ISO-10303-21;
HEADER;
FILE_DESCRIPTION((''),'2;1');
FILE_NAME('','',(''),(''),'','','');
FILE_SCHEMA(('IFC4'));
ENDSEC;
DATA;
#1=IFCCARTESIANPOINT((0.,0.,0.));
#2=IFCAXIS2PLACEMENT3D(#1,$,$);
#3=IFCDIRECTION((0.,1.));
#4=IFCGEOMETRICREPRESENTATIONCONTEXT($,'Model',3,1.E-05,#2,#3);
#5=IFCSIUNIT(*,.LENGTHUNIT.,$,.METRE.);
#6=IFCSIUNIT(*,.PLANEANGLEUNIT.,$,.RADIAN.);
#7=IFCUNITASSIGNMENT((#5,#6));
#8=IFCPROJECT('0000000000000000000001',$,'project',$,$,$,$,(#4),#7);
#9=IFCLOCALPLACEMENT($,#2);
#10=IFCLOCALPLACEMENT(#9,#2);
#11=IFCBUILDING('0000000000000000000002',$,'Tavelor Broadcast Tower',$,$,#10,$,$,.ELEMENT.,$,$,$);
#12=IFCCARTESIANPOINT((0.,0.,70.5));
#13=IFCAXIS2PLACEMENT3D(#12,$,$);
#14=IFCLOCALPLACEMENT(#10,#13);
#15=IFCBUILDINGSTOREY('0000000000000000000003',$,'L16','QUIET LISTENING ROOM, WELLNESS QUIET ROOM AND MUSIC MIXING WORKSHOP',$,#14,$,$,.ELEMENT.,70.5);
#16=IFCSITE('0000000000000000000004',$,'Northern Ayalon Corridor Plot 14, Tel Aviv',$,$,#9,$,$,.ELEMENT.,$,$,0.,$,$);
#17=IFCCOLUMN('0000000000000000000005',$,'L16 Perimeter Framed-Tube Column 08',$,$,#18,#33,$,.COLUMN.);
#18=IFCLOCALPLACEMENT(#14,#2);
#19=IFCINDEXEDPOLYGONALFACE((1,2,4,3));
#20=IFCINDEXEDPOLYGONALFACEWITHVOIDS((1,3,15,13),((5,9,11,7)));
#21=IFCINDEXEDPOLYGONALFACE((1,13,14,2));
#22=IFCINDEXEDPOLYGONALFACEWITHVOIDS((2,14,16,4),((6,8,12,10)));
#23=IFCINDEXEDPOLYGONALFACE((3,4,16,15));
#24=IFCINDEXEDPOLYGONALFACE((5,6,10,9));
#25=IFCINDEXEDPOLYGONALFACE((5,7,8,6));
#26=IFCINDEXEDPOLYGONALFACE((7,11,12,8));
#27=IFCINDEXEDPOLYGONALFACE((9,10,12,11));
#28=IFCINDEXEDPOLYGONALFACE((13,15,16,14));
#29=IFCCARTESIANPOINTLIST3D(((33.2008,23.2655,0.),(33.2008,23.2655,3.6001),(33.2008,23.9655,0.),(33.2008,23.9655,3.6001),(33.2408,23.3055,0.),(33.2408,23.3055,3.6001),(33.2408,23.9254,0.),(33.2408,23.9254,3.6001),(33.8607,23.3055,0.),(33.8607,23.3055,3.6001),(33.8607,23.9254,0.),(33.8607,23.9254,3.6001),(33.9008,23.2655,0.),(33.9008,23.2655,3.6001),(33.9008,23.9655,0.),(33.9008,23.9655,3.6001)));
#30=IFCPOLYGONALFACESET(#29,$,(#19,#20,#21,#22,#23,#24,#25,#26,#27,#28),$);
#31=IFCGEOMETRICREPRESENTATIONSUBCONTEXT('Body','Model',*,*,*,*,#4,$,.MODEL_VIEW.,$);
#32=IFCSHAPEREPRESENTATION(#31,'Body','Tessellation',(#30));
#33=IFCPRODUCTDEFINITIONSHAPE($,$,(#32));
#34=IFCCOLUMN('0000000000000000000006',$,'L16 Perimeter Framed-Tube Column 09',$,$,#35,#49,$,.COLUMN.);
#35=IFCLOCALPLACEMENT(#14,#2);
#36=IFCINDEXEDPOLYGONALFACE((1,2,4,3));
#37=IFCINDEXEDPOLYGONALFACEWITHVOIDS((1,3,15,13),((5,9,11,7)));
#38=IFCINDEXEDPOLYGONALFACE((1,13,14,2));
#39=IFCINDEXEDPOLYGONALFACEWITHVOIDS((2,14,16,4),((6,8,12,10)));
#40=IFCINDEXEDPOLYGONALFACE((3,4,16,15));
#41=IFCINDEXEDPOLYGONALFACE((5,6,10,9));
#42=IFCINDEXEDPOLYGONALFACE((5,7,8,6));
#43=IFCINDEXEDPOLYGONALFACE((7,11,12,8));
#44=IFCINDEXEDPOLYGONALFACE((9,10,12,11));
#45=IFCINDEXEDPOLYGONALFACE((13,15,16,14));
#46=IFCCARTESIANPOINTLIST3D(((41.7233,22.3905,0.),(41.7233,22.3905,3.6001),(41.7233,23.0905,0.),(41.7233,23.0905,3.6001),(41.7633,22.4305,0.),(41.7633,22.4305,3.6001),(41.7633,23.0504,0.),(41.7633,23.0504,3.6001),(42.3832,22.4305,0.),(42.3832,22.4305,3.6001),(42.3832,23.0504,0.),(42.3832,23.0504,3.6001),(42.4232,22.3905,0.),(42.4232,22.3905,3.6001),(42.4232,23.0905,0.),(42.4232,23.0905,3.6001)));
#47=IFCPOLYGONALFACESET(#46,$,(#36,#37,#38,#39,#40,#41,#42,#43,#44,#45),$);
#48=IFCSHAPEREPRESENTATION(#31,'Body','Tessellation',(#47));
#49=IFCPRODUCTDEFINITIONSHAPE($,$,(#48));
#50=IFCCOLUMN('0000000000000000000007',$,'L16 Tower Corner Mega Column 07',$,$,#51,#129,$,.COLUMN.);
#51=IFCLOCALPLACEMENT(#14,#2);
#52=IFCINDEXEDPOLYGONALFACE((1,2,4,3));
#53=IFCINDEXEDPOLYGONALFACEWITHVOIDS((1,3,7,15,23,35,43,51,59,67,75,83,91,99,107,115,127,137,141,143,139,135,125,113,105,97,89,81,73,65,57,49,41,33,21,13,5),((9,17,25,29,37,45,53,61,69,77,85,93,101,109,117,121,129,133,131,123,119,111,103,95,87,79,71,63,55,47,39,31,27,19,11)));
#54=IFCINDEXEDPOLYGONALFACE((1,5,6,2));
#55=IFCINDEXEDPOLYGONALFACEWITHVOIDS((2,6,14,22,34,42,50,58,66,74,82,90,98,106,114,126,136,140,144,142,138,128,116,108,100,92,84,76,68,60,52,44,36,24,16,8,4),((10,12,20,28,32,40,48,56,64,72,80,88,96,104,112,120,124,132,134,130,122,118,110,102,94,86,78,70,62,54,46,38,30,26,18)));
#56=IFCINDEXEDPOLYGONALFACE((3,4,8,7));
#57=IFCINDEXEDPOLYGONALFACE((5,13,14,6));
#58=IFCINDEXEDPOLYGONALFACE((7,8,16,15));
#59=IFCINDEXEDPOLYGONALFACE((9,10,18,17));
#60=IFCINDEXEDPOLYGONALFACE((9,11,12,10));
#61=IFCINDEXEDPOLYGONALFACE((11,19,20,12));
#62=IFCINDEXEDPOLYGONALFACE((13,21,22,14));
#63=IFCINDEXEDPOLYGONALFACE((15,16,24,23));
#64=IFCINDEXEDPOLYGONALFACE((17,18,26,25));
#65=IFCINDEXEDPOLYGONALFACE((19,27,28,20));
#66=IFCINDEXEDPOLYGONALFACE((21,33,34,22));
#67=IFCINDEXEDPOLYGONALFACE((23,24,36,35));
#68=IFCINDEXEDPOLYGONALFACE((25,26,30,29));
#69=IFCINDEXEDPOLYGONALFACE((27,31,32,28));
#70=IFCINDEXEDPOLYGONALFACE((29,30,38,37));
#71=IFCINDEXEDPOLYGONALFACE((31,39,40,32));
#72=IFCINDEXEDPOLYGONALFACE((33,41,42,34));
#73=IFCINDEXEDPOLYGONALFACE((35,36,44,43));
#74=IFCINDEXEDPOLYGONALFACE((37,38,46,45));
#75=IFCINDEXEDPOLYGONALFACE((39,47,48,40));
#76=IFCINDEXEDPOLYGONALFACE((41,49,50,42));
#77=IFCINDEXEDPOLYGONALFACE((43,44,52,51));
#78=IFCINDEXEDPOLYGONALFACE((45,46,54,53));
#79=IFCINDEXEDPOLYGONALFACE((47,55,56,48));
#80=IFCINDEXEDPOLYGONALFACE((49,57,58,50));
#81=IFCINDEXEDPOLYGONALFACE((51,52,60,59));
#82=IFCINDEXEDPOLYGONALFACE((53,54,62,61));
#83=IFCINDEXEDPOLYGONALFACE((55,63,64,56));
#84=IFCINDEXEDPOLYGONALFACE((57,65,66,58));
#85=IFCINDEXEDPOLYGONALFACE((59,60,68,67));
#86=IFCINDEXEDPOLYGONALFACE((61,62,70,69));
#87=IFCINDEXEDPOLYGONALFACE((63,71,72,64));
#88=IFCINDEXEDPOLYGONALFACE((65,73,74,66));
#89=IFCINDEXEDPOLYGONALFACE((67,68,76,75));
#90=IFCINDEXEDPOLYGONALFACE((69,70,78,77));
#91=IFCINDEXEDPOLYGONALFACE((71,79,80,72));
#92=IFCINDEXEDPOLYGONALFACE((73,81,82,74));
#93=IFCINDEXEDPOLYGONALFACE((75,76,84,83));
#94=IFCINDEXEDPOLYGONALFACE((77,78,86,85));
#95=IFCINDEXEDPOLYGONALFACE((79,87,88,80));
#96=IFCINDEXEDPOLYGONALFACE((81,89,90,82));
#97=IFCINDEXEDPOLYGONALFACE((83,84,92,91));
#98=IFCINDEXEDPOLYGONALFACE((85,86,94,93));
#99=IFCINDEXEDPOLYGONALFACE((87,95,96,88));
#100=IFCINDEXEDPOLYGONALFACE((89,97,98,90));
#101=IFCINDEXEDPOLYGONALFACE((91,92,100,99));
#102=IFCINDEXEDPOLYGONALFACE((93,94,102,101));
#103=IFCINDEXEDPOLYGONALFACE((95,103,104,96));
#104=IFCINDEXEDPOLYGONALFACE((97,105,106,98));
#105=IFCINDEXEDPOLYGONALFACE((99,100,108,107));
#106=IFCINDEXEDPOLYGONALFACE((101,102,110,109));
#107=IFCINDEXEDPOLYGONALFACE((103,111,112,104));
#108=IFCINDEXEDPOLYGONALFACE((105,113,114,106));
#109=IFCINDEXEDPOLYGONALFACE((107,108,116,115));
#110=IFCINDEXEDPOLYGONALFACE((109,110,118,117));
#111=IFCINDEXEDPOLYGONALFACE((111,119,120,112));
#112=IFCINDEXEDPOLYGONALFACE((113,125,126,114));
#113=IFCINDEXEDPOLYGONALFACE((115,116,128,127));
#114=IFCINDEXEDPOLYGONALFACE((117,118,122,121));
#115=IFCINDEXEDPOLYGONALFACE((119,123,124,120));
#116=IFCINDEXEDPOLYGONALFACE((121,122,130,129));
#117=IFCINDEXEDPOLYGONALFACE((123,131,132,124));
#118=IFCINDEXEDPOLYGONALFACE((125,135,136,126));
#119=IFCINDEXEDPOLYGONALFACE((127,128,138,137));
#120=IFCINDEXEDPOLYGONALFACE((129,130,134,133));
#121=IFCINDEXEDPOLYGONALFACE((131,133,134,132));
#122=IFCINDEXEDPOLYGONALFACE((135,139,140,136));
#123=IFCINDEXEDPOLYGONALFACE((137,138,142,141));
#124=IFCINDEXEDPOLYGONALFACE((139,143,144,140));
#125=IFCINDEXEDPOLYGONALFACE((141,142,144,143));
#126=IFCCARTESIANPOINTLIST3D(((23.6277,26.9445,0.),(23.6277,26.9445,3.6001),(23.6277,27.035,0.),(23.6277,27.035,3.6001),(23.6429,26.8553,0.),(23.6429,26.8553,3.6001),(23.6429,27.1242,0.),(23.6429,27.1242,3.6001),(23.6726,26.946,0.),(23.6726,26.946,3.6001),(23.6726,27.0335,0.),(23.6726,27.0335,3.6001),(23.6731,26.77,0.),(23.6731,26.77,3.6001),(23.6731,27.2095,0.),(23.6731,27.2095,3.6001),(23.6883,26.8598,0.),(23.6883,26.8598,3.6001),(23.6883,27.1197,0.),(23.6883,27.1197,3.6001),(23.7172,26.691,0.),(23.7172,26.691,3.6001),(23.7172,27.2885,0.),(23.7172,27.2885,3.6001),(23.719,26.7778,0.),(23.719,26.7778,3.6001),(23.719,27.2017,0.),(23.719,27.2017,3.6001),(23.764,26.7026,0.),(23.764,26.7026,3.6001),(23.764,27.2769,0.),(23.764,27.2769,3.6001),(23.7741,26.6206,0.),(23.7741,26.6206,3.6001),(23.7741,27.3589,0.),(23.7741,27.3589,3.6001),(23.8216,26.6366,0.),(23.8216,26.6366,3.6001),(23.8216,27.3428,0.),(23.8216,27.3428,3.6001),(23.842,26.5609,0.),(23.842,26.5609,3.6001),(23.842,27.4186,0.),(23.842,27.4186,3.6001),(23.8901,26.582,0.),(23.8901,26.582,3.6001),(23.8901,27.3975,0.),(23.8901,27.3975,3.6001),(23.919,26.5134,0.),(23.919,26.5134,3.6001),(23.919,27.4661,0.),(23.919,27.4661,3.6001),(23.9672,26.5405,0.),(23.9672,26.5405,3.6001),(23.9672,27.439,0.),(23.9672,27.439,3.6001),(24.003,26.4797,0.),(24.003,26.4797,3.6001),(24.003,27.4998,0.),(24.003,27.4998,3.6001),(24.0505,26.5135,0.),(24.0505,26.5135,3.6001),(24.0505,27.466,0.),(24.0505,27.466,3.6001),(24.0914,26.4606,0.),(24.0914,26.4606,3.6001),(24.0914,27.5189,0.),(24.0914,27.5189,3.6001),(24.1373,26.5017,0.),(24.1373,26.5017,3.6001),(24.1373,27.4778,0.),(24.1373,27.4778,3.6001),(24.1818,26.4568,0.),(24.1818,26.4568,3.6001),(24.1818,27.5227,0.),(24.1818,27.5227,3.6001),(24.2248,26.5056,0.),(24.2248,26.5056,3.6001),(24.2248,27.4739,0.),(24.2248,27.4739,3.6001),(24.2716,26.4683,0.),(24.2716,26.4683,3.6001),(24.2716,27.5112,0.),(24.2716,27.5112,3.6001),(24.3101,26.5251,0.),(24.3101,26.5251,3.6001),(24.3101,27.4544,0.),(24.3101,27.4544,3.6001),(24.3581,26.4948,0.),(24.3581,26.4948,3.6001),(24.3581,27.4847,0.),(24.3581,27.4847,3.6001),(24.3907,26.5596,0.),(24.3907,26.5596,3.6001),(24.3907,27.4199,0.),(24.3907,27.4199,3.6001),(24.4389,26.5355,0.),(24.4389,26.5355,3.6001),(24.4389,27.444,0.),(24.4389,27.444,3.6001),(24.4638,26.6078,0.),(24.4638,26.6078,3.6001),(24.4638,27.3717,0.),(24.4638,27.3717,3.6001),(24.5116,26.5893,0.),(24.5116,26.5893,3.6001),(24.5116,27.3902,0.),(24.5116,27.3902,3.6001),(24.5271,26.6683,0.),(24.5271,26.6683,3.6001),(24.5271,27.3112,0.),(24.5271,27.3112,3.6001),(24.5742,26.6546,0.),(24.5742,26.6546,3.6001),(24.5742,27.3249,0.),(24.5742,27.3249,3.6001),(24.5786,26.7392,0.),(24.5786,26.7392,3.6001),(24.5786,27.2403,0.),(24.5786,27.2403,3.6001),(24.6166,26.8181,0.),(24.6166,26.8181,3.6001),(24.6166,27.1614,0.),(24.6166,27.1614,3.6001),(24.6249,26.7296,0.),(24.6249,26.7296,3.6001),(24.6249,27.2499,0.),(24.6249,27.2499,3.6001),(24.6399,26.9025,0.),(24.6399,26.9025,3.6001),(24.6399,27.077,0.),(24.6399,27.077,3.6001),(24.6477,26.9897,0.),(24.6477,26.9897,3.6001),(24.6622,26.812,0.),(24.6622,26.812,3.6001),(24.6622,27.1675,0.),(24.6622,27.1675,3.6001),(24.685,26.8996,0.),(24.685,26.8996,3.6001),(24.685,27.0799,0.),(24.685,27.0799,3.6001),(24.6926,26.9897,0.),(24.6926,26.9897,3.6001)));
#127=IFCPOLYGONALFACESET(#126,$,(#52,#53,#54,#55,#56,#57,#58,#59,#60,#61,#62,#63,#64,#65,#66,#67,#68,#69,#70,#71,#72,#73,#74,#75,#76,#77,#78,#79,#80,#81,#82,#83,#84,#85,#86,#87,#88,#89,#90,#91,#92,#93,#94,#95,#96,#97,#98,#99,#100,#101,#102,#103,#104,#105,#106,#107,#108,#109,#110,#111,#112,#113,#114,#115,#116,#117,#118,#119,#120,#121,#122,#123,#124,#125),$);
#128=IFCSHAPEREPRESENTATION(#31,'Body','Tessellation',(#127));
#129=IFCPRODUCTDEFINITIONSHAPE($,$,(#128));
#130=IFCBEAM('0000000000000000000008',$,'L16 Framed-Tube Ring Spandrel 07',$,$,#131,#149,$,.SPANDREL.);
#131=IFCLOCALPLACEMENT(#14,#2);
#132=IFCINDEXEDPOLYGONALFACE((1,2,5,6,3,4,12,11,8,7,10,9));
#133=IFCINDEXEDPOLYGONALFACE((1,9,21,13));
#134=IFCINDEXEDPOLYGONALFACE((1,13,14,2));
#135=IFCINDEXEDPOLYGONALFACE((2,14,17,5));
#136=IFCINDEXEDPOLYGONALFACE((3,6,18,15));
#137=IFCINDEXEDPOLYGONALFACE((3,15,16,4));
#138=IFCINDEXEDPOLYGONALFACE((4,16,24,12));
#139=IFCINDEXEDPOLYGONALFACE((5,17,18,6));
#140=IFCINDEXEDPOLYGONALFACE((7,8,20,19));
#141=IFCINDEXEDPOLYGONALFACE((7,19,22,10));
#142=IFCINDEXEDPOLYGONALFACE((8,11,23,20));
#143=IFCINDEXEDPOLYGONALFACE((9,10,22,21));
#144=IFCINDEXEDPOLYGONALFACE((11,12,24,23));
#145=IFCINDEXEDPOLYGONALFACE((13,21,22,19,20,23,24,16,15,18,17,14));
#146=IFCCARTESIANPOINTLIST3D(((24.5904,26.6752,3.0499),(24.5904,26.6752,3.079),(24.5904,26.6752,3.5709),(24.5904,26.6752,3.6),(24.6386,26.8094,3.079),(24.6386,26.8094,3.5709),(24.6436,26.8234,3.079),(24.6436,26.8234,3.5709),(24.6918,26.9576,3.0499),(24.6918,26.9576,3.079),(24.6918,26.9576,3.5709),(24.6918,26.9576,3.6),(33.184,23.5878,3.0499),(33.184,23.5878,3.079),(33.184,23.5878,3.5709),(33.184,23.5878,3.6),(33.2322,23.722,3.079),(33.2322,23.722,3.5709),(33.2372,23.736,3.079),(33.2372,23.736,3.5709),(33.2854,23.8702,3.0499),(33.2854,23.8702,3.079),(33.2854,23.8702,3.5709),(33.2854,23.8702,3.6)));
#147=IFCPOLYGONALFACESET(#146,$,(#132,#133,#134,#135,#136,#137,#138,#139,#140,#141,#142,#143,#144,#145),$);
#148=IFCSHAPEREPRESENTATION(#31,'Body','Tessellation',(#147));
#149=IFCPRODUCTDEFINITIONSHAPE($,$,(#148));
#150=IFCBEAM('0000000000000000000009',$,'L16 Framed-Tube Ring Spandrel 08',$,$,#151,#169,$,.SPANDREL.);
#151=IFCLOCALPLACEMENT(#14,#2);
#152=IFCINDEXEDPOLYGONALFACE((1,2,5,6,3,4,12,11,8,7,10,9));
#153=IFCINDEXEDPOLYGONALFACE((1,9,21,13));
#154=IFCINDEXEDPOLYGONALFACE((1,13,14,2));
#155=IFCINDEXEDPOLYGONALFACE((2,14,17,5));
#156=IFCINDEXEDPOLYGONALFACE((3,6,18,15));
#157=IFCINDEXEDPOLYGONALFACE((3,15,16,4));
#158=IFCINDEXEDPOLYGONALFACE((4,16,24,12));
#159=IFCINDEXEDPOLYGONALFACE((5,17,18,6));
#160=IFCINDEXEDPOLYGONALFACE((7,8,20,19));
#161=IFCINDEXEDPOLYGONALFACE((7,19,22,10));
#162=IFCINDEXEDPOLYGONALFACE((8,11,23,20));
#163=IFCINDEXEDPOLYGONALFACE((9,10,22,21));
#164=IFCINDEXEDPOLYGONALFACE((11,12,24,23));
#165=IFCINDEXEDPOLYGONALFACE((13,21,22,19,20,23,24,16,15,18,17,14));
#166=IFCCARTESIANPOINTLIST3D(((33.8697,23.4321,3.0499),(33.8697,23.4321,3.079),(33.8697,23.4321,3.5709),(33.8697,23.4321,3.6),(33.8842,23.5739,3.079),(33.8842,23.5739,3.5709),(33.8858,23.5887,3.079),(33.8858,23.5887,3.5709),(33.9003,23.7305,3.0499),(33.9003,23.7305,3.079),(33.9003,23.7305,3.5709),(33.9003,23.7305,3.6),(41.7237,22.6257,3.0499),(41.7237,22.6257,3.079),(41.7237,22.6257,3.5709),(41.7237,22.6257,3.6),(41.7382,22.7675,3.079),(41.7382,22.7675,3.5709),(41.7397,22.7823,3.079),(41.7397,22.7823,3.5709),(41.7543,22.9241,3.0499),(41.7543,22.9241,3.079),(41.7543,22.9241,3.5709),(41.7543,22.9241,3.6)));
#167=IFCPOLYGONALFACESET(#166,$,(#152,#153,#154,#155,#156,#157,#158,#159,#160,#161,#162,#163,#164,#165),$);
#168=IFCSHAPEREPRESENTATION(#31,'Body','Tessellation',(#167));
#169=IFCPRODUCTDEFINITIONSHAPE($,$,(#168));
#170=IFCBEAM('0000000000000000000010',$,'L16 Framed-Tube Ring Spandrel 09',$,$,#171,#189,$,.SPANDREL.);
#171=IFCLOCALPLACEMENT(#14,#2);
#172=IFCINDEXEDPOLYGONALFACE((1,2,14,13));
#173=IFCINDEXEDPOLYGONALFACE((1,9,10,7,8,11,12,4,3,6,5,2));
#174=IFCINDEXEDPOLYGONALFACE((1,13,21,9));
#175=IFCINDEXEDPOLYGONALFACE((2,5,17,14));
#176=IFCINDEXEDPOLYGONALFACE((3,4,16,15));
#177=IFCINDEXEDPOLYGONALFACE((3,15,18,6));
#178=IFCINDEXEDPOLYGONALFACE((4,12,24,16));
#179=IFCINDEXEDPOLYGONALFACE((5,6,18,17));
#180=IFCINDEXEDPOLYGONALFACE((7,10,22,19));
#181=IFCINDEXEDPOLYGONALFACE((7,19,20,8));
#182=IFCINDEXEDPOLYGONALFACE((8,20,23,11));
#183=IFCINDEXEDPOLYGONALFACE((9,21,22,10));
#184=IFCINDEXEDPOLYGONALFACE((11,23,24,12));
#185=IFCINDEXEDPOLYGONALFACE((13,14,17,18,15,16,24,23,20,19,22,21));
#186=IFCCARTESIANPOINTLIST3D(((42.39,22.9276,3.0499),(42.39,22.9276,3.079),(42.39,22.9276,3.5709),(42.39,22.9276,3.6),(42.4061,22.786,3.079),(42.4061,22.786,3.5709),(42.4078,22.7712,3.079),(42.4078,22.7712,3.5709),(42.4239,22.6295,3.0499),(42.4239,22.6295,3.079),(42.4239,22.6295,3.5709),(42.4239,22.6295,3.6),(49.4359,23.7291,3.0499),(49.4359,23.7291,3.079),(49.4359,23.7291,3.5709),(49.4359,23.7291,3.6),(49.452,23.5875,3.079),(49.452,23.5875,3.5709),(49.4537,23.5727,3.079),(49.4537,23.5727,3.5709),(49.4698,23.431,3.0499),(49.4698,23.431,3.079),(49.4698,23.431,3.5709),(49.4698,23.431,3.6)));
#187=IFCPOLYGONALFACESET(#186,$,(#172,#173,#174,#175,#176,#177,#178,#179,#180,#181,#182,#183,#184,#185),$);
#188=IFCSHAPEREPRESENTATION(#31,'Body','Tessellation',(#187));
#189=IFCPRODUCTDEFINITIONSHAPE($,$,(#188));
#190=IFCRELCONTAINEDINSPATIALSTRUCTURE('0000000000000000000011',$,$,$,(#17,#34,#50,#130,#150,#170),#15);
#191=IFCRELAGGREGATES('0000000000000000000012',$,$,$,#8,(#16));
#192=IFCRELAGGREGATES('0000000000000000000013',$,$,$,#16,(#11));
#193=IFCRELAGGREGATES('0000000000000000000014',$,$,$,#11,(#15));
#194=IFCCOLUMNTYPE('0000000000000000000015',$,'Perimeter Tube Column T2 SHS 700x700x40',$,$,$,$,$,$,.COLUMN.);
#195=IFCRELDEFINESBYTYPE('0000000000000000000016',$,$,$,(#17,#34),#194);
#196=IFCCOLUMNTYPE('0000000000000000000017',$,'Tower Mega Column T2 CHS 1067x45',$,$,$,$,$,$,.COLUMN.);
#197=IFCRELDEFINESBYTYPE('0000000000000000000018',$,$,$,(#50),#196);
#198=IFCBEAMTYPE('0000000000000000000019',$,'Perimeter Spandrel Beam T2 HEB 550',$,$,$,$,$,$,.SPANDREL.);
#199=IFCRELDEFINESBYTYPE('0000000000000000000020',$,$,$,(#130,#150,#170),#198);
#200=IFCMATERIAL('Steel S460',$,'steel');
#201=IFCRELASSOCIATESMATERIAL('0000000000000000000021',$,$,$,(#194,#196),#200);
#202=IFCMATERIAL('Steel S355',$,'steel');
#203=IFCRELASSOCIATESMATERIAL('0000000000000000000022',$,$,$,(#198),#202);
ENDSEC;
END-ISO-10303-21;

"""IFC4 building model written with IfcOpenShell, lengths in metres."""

from ifc_helpers import new_model, si_unit, direction, frame, origin, origin_2d, place, context, subcontext, project, spatial, hollow_rectangle, hollow_circle, i_section, extrude, material, material_profile, profile_set, type_object, element, save


model = new_model("IFC4")

# Units and contexts
model_context = context("Model", 3, precision=1e-05, world=origin(), true_north=direction((0.0, 1.0)))
body_context = subcontext(model_context, "Body", "Model", "MODEL_VIEW")
ifc_project = project(units=[si_unit("LENGTHUNIT", "METRE"), si_unit("PLANEANGLEUNIT", "RADIAN")], contexts=[model_context])

# Site, building, storey
site_placement = place(None, origin())
site = spatial("IfcSite", under=ifc_project, at=site_placement, Name="Northern Ayalon Corridor Plot 14, Tel Aviv", CompositionType="ELEMENT", RefElevation=0.0)
building_placement = place(site_placement, origin())
building = spatial("IfcBuilding", under=site, at=building_placement, Name="Tavelor Broadcast Tower", CompositionType="ELEMENT")
storey_placement = place(building_placement, frame((0.0, 0.0, 70.5)))
storey = spatial("IfcBuildingStorey", under=building, at=storey_placement, Name="L16", Description="QUIET LISTENING ROOM, WELLNESS QUIET ROOM AND MUSIC MIXING WORKSHOP", CompositionType="ELEMENT", Elevation=70.5)

# Columns
ifc_material_1 = material(Name="Steel S460", Category="steel")
ifc_material_profile_1 = material_profile(ifc_material_1, hollow_rectangle(XDim=0.7, YDim=0.7, WallThickness=0.04, at=origin_2d()), Name="SHS 700x700x40")
ifc_profile_set_1 = profile_set([ifc_material_profile_1], Name="Steel S460")
column_type_1 = type_object("IfcColumnType", Name="Perimeter Tube Column T2 SHS 700x700x40", PredefinedType="COLUMN", material=ifc_profile_set_1)
for number, where, z_axis, x_axis, name in (
    (1, (33.5508, 23.6155, 0.0), (0.0, 0.0, 1.0), (1.0, 0.0, 0.0), "L16 Perimeter Framed-Tube Column 08"),
    (2, (42.0732, 22.7405, 0.0), (0.0, 0.0, 1.0), (1.0, 0.0, 0.0), "L16 Perimeter Framed-Tube Column 09"),
):
    element("IfcColumn", number, at=place(storey_placement, frame(where, z_axis=z_axis, x_axis=x_axis)), inside=storey, type_object=column_type_1, Name=name, PredefinedType="COLUMN", context=body_context, shape_type="SweptSolid", body=[
        extrude(hollow_rectangle(XDim=0.7, YDim=0.7, WallThickness=0.04, at=origin_2d()), origin(), (0.0, 0.0, 1.0), 3.6001),
    ])
ifc_material_profile_2 = material_profile(ifc_material_1, hollow_circle(Radius=0.5334, WallThickness=0.0449, at=origin_2d()), Name="CHS 1067x45")
ifc_profile_set_2 = profile_set([ifc_material_profile_2], Name="Steel S460")
column_type_2 = type_object("IfcColumnType", Name="Tower Mega Column T2 CHS 1067x45", PredefinedType="COLUMN", material=ifc_profile_set_2)
column_placement = place(storey_placement, frame((24.1592, 26.9897, 0.0), z_axis=(0.0, 0.0, 1.0), x_axis=(1.0, 0.0, 0.0)))
element("IfcColumn", 3, at=column_placement, inside=storey, type_object=column_type_2, Name="L16 Tower Corner Mega Column 07", PredefinedType="COLUMN", context=body_context, shape_type="SweptSolid", body=[
    extrude(hollow_circle(Radius=0.5334, WallThickness=0.0449, at=origin_2d()), origin(), (0.0, 0.0, 1.0), 3.6001),
])

# Beams
ifc_material_2 = material(Name="Steel S355", Category="steel")
ifc_material_profile_3 = material_profile(ifc_material_2, i_section(OverallWidth=0.3, OverallDepth=0.55, WebThickness=0.0149, FlangeThickness=0.0291, at=origin_2d()), Name="HEB 550")
ifc_profile_set_3 = profile_set([ifc_material_profile_3], Name="Steel S355")
beam_type = type_object("IfcBeamType", Name="Perimeter Spandrel Beam T2 HEB 550", PredefinedType="SPANDREL", material=ifc_profile_set_3)
beam_1_placement = place(storey_placement, frame((24.6411, 26.8164, 3.325), z_axis=(0.941106, -0.338113, 0.0), x_axis=(0.338113, 0.941106, 0.0)))
element("IfcBeam", 4, at=beam_1_placement, inside=storey, type_object=beam_type, Name="L16 Framed-Tube Ring Spandrel 07", PredefinedType="SPANDREL", context=body_context, shape_type="SweptSolid", body=[
    extrude(i_section(OverallWidth=0.3, OverallDepth=0.55, WebThickness=0.0149, FlangeThickness=0.0291, at=origin_2d()), origin(), (0.0, 0.0, 1.0), 9.1313),
])
beam_2_placement = place(storey_placement, frame((33.885, 23.5813, 3.325), z_axis=(0.99477, -0.102136, 0.0), x_axis=(0.102136, 0.99477, 0.0)))
element("IfcBeam", 5, at=beam_2_placement, inside=storey, type_object=beam_type, Name="L16 Framed-Tube Ring Spandrel 08", PredefinedType="SPANDREL", context=body_context, shape_type="SweptSolid", body=[
    extrude(i_section(OverallWidth=0.3, OverallDepth=0.55, WebThickness=0.0149, FlangeThickness=0.0291, at=origin_2d()), origin(), (0.0, 0.0, 1.0), 7.8953),
])
beam_3_placement = place(storey_placement, frame((42.407, 22.7786, 3.325), z_axis=(0.993592, 0.113027, 0.0), x_axis=(-0.113027, 0.993592, 0.0)))
element("IfcBeam", 6, at=beam_3_placement, inside=storey, type_object=beam_type, Name="L16 Framed-Tube Ring Spandrel 09", PredefinedType="SPANDREL", context=body_context, shape_type="SweptSolid", body=[
    extrude(i_section(OverallWidth=0.3, OverallDepth=0.55, WebThickness=0.0149, FlangeThickness=0.0291, at=origin_2d()), origin(), (0.0, 0.0, 1.0), 7.0913),
])

save(model, "model.ifc")
